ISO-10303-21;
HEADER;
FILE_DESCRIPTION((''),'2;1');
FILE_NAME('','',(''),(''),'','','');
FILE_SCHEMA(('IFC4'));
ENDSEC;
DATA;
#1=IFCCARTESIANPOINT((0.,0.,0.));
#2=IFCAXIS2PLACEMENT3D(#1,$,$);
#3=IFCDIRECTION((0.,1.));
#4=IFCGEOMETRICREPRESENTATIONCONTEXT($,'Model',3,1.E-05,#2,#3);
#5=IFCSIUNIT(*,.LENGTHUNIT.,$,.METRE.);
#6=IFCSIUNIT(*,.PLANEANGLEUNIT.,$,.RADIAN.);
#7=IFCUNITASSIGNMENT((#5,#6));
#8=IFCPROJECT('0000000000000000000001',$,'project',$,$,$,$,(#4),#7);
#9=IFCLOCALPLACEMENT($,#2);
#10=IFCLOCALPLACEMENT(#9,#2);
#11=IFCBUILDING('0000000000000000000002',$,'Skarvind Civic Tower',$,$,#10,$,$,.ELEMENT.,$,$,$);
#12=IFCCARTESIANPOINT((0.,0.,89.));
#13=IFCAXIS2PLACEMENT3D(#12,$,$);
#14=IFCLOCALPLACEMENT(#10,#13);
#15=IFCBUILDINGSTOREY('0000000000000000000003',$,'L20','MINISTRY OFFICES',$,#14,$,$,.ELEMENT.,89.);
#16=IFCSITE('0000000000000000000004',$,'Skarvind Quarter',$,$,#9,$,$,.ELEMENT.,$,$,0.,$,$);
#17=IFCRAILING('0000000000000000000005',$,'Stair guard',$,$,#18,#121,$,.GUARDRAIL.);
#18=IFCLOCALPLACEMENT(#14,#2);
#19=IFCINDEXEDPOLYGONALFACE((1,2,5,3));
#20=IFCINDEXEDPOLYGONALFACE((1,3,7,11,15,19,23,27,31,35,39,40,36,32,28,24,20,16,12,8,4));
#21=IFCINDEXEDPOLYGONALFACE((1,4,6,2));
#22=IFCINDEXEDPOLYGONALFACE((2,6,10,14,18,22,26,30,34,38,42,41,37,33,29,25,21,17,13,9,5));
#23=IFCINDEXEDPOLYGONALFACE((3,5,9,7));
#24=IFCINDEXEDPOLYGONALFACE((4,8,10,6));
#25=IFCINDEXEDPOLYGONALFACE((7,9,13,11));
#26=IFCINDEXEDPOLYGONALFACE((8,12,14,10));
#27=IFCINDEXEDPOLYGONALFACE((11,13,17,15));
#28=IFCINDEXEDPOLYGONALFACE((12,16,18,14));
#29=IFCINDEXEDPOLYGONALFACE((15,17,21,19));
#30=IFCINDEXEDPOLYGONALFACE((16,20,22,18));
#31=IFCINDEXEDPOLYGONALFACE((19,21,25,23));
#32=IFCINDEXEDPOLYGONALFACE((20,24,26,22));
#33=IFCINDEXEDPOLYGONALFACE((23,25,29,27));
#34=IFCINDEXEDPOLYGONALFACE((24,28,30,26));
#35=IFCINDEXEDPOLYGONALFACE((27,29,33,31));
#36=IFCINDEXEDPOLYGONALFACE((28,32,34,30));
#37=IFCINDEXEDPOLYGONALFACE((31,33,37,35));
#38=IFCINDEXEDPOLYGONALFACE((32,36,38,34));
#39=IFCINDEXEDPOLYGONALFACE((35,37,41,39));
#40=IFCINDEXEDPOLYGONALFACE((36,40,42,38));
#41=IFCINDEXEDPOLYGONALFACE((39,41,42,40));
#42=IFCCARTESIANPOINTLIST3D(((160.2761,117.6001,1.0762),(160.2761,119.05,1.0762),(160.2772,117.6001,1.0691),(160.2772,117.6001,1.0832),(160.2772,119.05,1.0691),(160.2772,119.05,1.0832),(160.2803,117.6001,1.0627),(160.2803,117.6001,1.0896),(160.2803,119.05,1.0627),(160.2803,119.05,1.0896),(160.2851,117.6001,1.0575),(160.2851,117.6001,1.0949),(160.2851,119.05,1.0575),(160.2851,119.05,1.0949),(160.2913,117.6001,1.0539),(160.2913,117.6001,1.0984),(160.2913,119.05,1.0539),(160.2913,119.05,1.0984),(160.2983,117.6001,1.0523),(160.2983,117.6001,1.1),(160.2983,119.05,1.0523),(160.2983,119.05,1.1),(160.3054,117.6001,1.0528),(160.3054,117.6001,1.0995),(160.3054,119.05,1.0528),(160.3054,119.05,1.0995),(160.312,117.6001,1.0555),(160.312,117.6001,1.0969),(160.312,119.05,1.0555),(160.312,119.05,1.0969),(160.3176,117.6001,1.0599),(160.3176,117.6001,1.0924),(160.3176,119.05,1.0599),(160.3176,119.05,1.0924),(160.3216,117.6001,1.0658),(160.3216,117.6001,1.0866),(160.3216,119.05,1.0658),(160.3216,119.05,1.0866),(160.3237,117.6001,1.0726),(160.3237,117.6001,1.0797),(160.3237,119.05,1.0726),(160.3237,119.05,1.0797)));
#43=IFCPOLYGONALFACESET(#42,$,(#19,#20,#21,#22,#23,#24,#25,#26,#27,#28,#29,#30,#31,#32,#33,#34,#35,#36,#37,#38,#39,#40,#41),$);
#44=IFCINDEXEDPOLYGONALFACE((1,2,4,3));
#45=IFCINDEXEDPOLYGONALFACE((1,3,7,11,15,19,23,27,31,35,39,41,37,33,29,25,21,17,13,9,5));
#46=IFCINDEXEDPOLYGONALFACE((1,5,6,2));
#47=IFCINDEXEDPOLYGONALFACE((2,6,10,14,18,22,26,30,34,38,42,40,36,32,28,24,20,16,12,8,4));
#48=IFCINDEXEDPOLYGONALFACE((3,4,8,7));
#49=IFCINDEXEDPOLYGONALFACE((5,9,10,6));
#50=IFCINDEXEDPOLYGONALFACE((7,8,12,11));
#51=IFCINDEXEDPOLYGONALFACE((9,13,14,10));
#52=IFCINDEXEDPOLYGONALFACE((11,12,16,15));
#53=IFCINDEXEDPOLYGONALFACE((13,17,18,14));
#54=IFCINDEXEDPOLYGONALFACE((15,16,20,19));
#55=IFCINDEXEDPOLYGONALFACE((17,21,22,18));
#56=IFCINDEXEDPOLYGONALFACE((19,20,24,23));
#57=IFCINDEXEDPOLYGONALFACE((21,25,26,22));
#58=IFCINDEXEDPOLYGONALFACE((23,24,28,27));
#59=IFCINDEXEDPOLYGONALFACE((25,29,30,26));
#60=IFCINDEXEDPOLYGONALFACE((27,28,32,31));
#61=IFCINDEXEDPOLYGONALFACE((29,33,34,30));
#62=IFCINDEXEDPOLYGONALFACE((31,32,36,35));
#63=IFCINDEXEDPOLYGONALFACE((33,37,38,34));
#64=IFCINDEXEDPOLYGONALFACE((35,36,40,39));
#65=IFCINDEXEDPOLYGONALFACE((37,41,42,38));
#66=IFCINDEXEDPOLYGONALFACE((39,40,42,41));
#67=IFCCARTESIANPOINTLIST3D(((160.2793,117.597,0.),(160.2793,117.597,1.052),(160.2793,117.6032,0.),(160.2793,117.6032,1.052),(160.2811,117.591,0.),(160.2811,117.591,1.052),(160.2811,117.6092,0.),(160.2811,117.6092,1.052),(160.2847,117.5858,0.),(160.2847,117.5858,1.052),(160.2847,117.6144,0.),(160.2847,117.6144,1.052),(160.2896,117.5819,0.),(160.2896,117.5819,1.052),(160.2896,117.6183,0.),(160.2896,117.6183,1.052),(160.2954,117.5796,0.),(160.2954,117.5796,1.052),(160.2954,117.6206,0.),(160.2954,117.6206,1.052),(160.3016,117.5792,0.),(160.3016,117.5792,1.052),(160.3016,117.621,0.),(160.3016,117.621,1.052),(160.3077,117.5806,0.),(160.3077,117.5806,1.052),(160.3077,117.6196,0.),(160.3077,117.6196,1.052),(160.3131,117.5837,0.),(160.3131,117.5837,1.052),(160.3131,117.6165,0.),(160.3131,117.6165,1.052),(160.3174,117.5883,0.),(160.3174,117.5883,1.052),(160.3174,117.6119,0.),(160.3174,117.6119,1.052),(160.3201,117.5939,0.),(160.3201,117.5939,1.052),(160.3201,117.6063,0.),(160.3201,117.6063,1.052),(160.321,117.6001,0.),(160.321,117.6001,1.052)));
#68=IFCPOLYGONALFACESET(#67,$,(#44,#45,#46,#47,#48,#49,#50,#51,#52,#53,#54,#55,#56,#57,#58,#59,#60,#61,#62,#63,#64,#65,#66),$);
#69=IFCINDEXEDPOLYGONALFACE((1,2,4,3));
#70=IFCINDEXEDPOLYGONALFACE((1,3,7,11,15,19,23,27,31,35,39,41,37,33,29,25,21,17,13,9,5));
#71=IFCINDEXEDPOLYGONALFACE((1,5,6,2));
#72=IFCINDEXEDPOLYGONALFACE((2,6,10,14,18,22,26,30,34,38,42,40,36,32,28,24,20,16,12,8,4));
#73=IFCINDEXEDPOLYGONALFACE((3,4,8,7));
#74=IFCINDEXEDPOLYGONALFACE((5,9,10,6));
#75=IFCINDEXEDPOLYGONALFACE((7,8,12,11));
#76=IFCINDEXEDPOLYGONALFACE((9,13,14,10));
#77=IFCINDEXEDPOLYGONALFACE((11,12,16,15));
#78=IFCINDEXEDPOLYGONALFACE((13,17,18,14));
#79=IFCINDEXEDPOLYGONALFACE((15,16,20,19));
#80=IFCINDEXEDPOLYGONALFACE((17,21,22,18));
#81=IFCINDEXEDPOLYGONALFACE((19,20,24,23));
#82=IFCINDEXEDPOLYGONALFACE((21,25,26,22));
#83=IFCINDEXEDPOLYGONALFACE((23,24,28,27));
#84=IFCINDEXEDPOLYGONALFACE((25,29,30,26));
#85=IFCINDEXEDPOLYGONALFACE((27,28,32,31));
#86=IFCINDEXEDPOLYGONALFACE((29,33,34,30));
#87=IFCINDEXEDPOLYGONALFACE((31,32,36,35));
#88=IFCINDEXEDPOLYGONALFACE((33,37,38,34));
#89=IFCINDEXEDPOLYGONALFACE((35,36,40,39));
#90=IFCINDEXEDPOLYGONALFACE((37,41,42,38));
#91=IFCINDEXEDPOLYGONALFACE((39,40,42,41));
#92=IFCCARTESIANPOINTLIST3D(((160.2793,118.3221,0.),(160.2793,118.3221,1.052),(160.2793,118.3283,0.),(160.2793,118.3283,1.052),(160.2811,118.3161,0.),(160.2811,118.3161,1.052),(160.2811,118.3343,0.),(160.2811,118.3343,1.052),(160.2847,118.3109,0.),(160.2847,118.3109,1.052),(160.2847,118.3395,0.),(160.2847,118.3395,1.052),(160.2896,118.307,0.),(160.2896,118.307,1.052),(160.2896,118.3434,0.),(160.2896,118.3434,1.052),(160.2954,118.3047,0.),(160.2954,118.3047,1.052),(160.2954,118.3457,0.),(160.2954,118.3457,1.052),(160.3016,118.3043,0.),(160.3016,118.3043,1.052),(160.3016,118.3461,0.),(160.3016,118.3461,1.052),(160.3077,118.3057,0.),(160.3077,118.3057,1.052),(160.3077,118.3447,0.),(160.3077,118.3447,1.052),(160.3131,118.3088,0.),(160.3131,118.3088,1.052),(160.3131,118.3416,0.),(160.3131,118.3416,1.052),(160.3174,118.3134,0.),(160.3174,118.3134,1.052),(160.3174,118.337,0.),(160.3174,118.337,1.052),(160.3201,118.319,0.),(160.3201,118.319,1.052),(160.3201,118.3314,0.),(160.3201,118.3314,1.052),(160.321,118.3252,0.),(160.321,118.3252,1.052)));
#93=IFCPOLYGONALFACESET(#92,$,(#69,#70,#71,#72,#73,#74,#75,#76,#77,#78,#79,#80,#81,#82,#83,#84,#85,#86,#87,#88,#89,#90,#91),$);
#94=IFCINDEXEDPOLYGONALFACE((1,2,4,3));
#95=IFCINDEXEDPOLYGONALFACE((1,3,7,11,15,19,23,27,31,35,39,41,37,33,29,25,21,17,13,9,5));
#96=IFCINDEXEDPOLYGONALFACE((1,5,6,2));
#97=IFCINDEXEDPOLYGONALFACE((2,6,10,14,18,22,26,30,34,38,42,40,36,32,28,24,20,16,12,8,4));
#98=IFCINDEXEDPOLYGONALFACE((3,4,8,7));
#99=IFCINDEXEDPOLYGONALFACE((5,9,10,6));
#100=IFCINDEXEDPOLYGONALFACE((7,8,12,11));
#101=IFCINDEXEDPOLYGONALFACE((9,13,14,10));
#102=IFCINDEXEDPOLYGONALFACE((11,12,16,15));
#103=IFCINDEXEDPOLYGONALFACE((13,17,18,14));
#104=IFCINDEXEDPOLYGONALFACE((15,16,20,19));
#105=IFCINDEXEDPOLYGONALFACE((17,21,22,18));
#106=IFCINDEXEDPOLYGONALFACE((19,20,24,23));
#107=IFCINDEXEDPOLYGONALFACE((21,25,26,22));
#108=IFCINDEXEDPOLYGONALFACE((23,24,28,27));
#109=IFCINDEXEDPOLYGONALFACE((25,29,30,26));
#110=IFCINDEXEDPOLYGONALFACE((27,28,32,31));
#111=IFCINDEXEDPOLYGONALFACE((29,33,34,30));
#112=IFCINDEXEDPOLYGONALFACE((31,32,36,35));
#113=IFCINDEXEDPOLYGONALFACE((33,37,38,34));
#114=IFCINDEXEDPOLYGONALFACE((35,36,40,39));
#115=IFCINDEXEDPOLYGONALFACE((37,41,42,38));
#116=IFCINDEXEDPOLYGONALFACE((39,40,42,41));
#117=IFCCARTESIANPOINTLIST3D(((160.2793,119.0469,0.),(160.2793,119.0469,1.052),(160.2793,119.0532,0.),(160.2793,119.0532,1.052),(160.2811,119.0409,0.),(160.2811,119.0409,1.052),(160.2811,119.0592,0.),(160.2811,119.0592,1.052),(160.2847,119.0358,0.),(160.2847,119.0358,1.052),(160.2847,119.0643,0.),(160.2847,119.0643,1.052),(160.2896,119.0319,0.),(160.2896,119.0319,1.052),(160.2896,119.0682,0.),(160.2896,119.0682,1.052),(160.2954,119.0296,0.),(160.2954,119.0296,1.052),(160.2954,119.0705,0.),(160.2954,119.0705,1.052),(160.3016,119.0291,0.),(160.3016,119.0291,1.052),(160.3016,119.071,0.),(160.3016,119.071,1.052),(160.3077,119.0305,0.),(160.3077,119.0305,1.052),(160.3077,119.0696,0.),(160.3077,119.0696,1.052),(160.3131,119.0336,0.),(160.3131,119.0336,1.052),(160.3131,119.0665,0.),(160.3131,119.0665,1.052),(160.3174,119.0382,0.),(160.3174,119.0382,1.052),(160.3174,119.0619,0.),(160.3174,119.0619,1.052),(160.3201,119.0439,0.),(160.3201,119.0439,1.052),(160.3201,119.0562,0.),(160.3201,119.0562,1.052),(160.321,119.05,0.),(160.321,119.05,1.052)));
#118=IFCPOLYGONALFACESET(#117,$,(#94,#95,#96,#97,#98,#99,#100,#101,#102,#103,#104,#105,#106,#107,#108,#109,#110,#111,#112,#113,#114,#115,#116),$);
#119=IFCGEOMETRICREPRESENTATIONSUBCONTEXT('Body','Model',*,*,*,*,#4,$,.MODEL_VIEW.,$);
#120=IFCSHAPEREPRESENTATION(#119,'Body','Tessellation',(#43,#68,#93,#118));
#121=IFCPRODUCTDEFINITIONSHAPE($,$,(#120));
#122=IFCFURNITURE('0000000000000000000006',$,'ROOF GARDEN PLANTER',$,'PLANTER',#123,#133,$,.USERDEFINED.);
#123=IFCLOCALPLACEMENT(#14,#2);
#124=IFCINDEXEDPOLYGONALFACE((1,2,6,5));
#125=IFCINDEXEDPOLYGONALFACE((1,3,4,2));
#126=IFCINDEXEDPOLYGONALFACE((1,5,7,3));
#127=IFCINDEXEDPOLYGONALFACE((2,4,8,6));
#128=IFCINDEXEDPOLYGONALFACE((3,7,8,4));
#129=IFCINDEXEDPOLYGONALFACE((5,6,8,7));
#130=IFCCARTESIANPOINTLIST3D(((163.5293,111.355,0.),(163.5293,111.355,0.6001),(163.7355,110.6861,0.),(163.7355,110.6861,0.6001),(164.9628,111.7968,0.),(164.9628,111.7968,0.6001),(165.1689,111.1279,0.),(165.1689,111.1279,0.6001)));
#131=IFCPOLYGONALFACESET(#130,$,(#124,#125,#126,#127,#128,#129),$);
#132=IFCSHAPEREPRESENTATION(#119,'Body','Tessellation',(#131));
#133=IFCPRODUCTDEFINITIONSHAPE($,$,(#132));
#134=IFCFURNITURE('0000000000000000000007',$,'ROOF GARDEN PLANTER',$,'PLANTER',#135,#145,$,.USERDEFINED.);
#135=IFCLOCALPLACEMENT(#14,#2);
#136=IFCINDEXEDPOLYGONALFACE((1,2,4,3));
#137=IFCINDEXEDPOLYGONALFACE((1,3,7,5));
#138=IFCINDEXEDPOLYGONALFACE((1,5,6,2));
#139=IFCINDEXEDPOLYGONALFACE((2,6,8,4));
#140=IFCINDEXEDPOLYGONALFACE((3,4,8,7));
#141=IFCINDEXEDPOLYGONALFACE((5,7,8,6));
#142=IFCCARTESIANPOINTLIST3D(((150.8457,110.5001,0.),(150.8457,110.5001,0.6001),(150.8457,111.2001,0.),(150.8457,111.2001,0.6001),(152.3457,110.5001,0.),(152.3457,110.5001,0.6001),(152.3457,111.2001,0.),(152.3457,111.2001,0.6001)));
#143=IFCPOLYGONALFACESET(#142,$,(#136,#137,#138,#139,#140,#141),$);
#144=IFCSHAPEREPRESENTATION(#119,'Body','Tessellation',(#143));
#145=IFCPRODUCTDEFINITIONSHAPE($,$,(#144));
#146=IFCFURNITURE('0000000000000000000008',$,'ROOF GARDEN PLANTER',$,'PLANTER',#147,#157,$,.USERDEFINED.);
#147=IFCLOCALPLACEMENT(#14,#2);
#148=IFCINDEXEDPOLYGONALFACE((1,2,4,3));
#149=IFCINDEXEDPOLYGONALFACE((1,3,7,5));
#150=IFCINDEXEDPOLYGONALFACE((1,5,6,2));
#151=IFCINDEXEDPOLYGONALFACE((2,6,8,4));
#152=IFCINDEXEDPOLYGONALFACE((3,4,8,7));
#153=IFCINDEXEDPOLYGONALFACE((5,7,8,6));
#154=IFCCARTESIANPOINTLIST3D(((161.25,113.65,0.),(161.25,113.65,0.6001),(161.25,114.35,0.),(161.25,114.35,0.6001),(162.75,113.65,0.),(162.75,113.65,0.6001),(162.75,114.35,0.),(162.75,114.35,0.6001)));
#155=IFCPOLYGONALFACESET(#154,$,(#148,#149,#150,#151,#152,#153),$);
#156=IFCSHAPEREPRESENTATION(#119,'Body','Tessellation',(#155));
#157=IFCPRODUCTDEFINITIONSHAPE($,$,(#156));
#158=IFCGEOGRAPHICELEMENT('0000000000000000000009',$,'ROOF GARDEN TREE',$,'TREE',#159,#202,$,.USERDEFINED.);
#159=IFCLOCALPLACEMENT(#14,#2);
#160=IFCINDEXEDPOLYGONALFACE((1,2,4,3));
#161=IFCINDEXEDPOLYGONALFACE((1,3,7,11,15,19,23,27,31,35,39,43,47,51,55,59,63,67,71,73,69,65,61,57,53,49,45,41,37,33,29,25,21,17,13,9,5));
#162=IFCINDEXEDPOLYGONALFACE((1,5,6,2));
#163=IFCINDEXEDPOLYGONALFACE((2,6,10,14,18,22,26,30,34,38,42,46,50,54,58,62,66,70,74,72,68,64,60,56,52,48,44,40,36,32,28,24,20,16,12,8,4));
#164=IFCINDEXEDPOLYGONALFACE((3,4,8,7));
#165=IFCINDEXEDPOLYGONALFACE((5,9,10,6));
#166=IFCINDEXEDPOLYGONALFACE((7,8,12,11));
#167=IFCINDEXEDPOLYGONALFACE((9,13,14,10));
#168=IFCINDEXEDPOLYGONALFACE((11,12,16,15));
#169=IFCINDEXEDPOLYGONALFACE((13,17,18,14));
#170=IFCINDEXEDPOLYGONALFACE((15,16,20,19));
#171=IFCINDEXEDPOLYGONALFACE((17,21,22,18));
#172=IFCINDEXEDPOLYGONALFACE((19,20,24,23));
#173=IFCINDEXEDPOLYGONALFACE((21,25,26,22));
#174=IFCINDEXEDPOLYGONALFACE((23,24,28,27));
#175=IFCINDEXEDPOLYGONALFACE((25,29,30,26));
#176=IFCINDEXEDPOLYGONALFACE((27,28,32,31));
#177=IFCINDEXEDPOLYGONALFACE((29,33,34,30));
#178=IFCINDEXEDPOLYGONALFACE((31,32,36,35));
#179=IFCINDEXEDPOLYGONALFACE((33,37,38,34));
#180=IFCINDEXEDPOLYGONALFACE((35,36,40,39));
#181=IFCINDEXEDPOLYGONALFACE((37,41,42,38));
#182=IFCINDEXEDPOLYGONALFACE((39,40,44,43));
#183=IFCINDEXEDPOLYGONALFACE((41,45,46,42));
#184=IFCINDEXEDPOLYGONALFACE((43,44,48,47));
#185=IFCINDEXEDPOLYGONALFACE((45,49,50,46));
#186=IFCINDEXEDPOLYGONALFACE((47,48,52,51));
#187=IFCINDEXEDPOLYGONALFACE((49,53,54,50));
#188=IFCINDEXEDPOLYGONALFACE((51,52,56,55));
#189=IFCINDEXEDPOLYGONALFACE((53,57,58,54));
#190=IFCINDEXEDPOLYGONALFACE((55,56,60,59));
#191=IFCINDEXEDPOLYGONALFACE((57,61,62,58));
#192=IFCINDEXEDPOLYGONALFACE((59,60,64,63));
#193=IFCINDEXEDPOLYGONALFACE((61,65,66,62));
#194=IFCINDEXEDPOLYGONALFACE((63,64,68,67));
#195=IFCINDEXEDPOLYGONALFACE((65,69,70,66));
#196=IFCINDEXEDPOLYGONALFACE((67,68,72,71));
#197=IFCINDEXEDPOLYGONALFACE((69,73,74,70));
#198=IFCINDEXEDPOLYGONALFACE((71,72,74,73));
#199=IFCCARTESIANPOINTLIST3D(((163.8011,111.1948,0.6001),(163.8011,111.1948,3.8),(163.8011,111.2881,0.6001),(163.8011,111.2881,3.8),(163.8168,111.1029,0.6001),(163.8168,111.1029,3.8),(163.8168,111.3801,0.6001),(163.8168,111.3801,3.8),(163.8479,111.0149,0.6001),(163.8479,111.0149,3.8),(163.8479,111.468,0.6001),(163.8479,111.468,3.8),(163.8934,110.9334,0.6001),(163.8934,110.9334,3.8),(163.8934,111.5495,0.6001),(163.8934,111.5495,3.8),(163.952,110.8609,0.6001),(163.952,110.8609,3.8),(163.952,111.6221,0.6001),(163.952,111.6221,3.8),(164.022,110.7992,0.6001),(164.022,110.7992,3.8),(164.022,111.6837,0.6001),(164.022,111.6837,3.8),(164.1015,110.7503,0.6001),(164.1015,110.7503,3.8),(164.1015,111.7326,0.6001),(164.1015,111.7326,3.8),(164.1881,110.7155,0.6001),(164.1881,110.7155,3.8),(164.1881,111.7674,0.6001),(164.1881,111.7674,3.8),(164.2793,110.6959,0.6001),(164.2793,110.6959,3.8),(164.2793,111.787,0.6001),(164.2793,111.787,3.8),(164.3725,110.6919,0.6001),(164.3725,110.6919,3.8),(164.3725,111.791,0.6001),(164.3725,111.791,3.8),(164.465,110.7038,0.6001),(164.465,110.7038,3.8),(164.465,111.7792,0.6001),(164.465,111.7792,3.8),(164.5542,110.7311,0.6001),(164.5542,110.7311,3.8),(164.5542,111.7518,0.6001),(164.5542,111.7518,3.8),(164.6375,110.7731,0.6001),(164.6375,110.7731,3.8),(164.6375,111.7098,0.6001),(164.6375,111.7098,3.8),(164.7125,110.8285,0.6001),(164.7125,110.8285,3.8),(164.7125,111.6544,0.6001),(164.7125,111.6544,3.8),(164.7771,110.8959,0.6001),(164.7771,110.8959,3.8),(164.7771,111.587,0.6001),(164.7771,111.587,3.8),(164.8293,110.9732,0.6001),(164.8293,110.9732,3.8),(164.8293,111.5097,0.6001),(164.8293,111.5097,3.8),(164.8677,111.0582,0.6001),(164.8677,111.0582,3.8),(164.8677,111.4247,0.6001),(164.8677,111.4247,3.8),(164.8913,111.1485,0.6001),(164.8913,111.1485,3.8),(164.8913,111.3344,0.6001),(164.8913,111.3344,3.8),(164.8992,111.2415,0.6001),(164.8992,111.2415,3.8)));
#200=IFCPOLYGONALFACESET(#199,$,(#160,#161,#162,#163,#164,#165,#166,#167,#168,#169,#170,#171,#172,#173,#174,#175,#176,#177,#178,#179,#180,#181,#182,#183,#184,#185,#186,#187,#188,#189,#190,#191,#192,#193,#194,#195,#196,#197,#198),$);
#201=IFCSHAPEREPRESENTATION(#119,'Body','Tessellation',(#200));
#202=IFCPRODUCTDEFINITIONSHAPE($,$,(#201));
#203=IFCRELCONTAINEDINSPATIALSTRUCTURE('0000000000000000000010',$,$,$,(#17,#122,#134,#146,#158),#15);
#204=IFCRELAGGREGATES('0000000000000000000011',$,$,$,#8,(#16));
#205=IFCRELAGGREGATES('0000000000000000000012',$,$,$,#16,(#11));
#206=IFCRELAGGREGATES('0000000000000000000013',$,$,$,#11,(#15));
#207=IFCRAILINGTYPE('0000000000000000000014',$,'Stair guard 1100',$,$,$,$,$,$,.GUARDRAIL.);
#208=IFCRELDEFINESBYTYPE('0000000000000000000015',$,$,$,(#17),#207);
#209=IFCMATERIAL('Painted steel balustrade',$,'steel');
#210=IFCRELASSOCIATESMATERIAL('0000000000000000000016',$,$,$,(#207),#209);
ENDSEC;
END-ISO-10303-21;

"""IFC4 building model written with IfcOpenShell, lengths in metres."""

from ifc_helpers import new_model, si_unit, direction, frame, origin, origin_2d, place, context, subcontext, project, spatial, rectangle, circle, extrude, material, type_object, element, save


model = new_model("IFC4")

# Units and contexts
model_context = context("Model", 3, precision=1e-05, world=origin(), true_north=direction((0.0, 1.0)))
body_context = subcontext(model_context, "Body", "Model", "MODEL_VIEW")
ifc_project = project(units=[si_unit("LENGTHUNIT", "METRE"), si_unit("PLANEANGLEUNIT", "RADIAN")], contexts=[model_context])

# Site, building, storey
site_placement = place(None, origin())
site = spatial("IfcSite", under=ifc_project, at=site_placement, Name="Skarvind Quarter", CompositionType="ELEMENT", RefElevation=0.0)
building_placement = place(site_placement, origin())
building = spatial("IfcBuilding", under=site, at=building_placement, Name="Skarvind Civic Tower", CompositionType="ELEMENT")
storey_placement = place(building_placement, frame((0.0, 0.0, 89.0)))
storey = spatial("IfcBuildingStorey", under=building, at=storey_placement, Name="L20", Description="MINISTRY OFFICES", CompositionType="ELEMENT", Elevation=89.0)

# Railing
ifc_material_1 = material(Name="Painted steel balustrade", Category="steel")
railing_type_1 = type_object("IfcRailingType", Name="Stair guard 1100", PredefinedType="GUARDRAIL", material=ifc_material_1)
railing_1_placement = place(storey_placement, frame((160.3, 117.6001, 0.0)))
element("IfcRailing", 1, at=railing_1_placement, inside=storey, type_object=railing_type_1, Name="Stair guard", PredefinedType="GUARDRAIL", context=body_context, shape_type="SweptSolid", body=[
    extrude(circle(Radius=0.0239, at=origin_2d()), frame((0.0, 0.0, 1.0762), z_axis=(0.0, 1.0, 0.0), x_axis=(-1.0, 0.0, 0.0)), (0.0, 0.0, 1.0), 1.45),
    extrude(circle(Radius=0.021, at=origin_2d()), origin(), (0.0, 0.0, 1.0), 1.052),
    extrude(circle(Radius=0.021, at=origin_2d()), frame((0.0, 0.7251, 0.0)), (0.0, 0.0, 1.0), 1.052),
    extrude(circle(Radius=0.021, at=origin_2d()), frame((0.0, 1.45, 0.0)), (0.0, 0.0, 1.0), 1.052),
])

# Furniture
for number, where, z_axis, x_axis, name in (
    (2, (164.3491, 111.2415, 0.0), (0.0, 0.0, 1.0), (-0.955639, -0.294541, 0.0), "ROOF GARDEN PLANTER"),
    (3, (151.5957, 110.8501, 0.0), (0.0, 0.0, 1.0), (-1.0, 0.0, 0.0), "ROOF GARDEN PLANTER"),
    (4, (162.0, 114.0, 0.0), (0.0, 0.0, 1.0), (1.0, 0.0, 0.0), "ROOF GARDEN PLANTER"),
):
    element("IfcFurniture", number, at=place(storey_placement, frame(where, z_axis=z_axis, x_axis=x_axis)), inside=storey, Name=name, ObjectType="PLANTER", PredefinedType="USERDEFINED", context=body_context, shape_type="SweptSolid", body=[
        extrude(rectangle(XDim=1.5, YDim=0.7, at=origin_2d()), origin(), (0.0, 0.0, 1.0), 0.6001),
    ])

# Geographic element
for number, where, z_axis, x_axis, name in (
    (5, (164.3491, 111.2415, 0.6001), (0.0, 0.0, 1.0), (1.0, 0.0, 0.0), "ROOF GARDEN TREE"),
):
    element("IfcGeographicElement", number, at=place(storey_placement, frame(where, z_axis=z_axis, x_axis=x_axis)), inside=storey, Name=name, ObjectType="TREE", PredefinedType="USERDEFINED", context=body_context, shape_type="SweptSolid", body=[
        extrude(circle(Radius=0.55, at=origin_2d()), origin(), (0.0, 0.0, 1.0), 3.2),
    ])

save(model, "model.ifc")
